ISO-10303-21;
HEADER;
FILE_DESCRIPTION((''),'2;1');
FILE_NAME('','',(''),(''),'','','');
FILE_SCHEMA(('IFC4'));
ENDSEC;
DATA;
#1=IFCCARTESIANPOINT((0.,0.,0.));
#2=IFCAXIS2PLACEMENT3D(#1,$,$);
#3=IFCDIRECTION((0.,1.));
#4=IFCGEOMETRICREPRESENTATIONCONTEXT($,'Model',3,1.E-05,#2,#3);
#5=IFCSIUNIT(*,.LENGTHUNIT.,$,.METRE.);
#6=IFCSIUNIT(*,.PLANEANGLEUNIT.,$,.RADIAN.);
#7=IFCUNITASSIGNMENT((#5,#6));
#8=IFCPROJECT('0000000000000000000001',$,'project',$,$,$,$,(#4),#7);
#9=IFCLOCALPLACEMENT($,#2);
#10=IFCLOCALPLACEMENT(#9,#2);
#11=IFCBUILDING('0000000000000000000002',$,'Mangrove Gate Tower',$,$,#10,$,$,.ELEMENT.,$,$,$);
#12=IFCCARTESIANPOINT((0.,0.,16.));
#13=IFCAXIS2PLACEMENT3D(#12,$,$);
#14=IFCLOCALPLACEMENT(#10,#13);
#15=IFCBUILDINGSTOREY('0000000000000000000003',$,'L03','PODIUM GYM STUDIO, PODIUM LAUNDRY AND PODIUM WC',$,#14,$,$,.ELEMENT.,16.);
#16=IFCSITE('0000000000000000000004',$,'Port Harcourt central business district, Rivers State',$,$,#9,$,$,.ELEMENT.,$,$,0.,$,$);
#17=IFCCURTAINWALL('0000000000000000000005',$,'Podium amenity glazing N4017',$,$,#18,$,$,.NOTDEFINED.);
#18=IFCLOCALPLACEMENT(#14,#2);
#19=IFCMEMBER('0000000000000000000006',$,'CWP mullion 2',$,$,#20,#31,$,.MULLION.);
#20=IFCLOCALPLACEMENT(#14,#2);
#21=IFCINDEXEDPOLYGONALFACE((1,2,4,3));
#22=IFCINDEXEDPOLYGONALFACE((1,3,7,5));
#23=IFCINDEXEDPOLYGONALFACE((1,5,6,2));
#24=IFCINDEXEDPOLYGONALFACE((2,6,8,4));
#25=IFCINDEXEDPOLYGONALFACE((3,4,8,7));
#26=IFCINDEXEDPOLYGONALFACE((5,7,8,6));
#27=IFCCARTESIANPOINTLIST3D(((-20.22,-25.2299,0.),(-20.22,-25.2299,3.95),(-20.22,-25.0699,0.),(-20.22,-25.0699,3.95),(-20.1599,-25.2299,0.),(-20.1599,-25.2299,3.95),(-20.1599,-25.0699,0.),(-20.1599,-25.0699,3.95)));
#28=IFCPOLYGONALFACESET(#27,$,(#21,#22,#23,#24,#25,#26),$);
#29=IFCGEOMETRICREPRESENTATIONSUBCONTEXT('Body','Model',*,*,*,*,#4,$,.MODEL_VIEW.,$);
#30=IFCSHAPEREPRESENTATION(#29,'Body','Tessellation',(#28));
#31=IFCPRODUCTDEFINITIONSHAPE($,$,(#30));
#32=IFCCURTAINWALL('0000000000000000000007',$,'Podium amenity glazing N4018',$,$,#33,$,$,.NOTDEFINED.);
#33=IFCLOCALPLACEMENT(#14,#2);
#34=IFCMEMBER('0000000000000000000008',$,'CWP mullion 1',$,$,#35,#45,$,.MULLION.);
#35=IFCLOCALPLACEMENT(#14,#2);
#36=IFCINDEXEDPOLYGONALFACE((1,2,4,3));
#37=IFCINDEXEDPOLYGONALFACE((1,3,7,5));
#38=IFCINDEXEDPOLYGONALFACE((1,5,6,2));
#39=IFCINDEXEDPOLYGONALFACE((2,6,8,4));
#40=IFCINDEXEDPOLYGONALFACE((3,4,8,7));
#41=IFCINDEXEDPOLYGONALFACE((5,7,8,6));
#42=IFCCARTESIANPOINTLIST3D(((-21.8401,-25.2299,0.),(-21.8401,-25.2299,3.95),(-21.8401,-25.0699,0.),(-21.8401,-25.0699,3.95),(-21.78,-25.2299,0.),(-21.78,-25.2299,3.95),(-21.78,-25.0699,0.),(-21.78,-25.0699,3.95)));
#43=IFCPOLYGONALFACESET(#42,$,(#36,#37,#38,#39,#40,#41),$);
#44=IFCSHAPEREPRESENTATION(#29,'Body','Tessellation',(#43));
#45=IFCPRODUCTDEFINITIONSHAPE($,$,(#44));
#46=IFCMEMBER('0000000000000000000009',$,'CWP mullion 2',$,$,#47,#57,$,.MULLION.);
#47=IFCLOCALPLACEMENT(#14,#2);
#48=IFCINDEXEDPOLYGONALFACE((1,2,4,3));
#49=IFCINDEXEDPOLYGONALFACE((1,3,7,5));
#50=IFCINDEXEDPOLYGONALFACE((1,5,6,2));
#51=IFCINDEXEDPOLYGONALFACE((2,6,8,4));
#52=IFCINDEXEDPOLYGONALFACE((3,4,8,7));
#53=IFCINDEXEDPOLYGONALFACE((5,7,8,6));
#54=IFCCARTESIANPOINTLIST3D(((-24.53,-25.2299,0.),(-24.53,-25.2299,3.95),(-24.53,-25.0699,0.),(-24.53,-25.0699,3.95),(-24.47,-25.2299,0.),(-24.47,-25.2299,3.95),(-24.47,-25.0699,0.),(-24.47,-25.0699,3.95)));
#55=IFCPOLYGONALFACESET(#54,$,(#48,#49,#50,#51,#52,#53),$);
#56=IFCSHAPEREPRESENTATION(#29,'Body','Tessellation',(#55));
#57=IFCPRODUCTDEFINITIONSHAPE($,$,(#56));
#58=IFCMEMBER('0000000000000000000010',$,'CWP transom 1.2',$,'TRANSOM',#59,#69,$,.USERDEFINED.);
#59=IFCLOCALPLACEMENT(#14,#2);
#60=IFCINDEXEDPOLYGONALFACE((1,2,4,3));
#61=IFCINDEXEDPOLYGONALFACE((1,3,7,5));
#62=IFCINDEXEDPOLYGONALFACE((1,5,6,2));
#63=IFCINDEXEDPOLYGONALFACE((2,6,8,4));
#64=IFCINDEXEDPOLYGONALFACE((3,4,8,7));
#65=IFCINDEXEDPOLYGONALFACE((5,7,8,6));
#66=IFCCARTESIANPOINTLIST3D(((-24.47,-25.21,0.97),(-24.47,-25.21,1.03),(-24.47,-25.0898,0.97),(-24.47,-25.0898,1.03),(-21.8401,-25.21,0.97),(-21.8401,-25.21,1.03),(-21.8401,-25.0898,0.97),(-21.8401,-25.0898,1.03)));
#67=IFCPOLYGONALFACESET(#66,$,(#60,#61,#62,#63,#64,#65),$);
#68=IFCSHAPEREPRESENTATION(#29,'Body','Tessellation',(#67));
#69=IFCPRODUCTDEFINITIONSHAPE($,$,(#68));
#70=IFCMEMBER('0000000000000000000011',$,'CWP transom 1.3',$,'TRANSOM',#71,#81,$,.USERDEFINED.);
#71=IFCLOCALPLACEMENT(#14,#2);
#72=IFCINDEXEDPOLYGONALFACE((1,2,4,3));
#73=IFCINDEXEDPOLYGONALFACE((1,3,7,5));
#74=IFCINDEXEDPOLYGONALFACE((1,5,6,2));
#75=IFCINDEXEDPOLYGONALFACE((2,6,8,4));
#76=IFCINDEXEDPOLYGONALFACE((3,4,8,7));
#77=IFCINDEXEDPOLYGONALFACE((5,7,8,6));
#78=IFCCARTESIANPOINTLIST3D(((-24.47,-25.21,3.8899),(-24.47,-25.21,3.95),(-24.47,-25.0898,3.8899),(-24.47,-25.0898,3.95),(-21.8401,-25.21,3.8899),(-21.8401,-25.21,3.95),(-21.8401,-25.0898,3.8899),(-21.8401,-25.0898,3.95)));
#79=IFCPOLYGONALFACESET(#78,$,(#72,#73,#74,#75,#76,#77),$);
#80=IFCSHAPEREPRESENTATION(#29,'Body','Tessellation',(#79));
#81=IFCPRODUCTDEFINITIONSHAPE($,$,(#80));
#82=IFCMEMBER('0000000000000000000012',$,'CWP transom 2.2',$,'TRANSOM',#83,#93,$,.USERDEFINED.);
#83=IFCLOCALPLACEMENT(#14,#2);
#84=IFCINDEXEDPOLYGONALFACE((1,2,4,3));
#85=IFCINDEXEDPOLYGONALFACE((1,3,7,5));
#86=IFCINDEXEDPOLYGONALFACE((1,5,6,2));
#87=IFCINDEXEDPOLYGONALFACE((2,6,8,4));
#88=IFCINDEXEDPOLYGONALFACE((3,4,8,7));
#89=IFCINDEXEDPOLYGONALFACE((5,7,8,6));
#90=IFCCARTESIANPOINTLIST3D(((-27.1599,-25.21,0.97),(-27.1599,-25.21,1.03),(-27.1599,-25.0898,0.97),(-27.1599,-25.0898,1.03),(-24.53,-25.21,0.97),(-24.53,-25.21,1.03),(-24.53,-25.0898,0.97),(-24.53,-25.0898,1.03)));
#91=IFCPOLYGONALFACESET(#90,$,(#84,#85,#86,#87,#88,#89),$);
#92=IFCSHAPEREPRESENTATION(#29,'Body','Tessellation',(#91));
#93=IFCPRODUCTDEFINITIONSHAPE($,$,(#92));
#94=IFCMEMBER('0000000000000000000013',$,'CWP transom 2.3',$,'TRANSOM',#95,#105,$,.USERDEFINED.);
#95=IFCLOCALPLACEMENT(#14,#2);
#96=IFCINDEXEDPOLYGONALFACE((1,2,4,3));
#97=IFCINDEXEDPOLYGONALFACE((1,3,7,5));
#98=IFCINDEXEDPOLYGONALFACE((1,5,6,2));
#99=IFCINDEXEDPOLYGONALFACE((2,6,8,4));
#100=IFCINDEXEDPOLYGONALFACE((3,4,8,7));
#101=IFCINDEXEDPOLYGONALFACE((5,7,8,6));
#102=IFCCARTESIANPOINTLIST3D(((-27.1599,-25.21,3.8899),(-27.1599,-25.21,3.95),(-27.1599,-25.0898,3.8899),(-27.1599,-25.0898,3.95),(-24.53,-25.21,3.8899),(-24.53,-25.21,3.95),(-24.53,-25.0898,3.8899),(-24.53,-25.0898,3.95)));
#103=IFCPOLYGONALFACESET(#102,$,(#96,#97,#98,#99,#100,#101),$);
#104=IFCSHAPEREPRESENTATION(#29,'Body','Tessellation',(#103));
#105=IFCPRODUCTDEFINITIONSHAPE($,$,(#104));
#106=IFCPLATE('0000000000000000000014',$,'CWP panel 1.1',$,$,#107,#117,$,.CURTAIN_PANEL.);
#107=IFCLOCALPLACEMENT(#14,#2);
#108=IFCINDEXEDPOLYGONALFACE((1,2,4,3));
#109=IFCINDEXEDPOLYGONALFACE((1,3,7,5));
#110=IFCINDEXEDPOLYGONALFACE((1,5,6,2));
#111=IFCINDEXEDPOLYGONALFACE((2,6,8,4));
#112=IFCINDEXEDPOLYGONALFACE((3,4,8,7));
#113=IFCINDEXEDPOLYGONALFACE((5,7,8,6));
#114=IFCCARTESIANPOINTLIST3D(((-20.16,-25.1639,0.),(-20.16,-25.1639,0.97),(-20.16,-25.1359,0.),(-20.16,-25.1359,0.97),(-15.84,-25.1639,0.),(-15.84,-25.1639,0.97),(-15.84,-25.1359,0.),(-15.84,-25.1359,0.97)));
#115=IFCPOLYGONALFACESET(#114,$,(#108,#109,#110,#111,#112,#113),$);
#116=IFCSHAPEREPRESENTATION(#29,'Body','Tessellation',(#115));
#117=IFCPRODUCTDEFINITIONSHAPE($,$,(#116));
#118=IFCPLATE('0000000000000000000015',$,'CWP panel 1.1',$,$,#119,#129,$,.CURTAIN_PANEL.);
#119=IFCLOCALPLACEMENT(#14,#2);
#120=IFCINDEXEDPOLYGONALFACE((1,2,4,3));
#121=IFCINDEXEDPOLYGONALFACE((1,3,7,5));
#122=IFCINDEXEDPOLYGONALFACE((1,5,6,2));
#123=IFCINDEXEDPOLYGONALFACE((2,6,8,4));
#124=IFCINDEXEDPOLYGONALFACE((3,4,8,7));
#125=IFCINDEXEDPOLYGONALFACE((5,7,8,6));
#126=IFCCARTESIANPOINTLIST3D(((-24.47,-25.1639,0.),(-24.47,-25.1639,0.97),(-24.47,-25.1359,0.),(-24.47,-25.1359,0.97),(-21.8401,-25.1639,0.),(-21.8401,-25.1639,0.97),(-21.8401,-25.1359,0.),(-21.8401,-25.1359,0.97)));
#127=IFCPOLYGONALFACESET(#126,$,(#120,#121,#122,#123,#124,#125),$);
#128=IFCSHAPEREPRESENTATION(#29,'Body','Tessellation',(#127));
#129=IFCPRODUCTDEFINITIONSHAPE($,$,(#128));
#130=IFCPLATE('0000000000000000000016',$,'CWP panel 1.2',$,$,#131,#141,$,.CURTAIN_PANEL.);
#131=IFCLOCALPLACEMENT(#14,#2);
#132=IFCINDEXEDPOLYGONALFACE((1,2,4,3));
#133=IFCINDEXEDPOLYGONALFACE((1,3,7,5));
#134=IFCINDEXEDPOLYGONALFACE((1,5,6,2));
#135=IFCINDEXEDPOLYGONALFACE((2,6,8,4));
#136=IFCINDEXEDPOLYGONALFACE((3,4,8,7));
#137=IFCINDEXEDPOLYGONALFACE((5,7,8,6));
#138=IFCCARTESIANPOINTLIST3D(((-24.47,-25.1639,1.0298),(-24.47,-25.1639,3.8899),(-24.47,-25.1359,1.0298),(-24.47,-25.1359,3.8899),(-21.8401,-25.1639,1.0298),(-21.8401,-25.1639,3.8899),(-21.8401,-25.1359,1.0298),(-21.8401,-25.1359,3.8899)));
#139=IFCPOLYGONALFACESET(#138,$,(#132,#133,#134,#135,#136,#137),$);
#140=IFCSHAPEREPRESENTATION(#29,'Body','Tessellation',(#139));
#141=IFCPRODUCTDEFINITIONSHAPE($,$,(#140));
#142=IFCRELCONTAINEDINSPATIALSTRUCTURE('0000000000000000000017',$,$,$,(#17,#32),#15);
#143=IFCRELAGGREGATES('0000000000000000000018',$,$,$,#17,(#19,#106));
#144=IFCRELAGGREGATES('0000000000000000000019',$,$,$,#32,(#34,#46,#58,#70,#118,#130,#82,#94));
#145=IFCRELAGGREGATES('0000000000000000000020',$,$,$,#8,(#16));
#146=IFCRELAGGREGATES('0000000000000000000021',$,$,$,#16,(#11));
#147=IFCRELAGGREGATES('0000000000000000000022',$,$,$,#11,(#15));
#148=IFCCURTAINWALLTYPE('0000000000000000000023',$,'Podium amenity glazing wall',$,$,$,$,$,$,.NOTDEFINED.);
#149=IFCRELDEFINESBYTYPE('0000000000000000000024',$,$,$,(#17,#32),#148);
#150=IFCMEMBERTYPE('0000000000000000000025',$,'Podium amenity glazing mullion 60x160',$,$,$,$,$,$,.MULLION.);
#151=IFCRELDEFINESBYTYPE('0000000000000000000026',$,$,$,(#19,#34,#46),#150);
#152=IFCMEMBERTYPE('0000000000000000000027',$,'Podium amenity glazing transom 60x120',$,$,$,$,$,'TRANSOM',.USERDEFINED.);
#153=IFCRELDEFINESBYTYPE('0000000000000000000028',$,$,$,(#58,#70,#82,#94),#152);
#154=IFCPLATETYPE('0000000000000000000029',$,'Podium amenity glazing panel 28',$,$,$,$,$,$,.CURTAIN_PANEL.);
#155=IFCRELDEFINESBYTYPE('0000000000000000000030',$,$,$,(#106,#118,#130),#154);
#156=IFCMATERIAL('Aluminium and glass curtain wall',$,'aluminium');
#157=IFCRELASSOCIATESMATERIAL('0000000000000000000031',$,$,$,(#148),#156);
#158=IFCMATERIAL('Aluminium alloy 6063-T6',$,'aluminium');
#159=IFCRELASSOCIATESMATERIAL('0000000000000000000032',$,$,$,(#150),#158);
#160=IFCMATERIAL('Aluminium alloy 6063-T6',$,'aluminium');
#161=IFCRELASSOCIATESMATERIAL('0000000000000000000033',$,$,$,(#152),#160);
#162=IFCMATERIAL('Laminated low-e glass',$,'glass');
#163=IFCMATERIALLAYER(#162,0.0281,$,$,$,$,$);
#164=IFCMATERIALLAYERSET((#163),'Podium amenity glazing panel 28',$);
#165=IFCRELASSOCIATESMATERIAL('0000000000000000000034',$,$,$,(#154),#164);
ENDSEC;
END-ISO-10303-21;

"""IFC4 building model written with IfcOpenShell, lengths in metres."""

from ifc_helpers import new_model, si_unit, direction, frame, origin, origin_2d, place, context, subcontext, project, spatial, rectangle, extrude, material, layer, layer_set, material_profile, profile_set, type_object, element, aggregate, save


model = new_model("IFC4")

# Units and contexts
model_context = context("Model", 3, precision=1e-05, world=origin(), true_north=direction((0.0, 1.0)))
body_context = subcontext(model_context, "Body", "Model", "MODEL_VIEW")
ifc_project = project(units=[si_unit("LENGTHUNIT", "METRE"), si_unit("PLANEANGLEUNIT", "RADIAN")], contexts=[model_context])

# Site, building, storey
site_placement = place(None, origin())
site = spatial("IfcSite", under=ifc_project, at=site_placement, Name="Port Harcourt central business district, Rivers State", CompositionType="ELEMENT", RefElevation=0.0)
building_placement = place(site_placement, origin())
building = spatial("IfcBuilding", under=site, at=building_placement, Name="Mangrove Gate Tower", CompositionType="ELEMENT")
storey_placement = place(building_placement, frame((0.0, 0.0, 16.0)))
storey = spatial("IfcBuildingStorey", under=building, at=storey_placement, Name="L03", Description="PODIUM GYM STUDIO, PODIUM LAUNDRY AND PODIUM WC", CompositionType="ELEMENT", Elevation=16.0)

# Curtain wall, member
ifc_material_1 = material(Name="Aluminium and glass curtain wall", Category="aluminium")
curtain_wall_type = type_object("IfcCurtainWallType", Name="Podium amenity glazing wall", PredefinedType="NOTDEFINED", material=ifc_material_1)
curtain_wall_1_placement = place(storey_placement, origin())
curtain_wall_1 = element("IfcCurtainWall", 1, at=curtain_wall_1_placement, inside=storey, type_object=curtain_wall_type, Name="Podium amenity glazing N4017", PredefinedType="NOTDEFINED")
ifc_material_2 = material(Name="Aluminium alloy 6063-T6", Category="aluminium")
ifc_material_profile_1 = material_profile(ifc_material_2, rectangle(XDim=0.0601, YDim=0.1599, at=origin_2d()))
ifc_profile_set_1 = profile_set([ifc_material_profile_1], Name="Aluminium alloy 6063-T6")
member_type_1 = type_object("IfcMemberType", Name="Podium amenity glazing mullion 60x160", PredefinedType="MULLION", material=ifc_profile_set_1)
member_1_placement = place(storey_placement, frame((-20.1899, -25.1499, 0.0), z_axis=(0.0, 0.0, 1.0), x_axis=(-1.0, 0.0, 0.0)))
member_1 = element("IfcMember", 2, at=member_1_placement, type_object=member_type_1, Name="CWP mullion 2", PredefinedType="MULLION", context=body_context, shape_type="SweptSolid", body=[
    extrude(rectangle(XDim=0.0601, YDim=0.1599, at=origin_2d()), origin(), (0.0, 0.0, 1.0), 3.95),
])

# Curtain wall, members
curtain_wall_2_placement = place(storey_placement, origin())
curtain_wall_2 = element("IfcCurtainWall", 3, at=curtain_wall_2_placement, inside=storey, type_object=curtain_wall_type, Name="Podium amenity glazing N4018", PredefinedType="NOTDEFINED")
member_2_placement = place(storey_placement, frame((-21.8101, -25.1499, 0.0), z_axis=(0.0, 0.0, 1.0), x_axis=(-1.0, 0.0, 0.0)))
member_2 = element("IfcMember", 4, at=member_2_placement, type_object=member_type_1, Name="CWP mullion 1", PredefinedType="MULLION", context=body_context, shape_type="SweptSolid", body=[
    extrude(rectangle(XDim=0.0601, YDim=0.1599, at=origin_2d()), origin(), (0.0, 0.0, 1.0), 3.95),
])
member_3_placement = place(storey_placement, frame((-24.5, -25.1499, 0.0), z_axis=(0.0, 0.0, 1.0), x_axis=(-1.0, 0.0, 0.0)))
member_3 = element("IfcMember", 5, at=member_3_placement, type_object=member_type_1, Name="CWP mullion 2", PredefinedType="MULLION", context=body_context, shape_type="SweptSolid", body=[
    extrude(rectangle(XDim=0.0601, YDim=0.1599, at=origin_2d()), origin(), (0.0, 0.0, 1.0), 3.95),
])
ifc_material_3 = material(Name="Aluminium alloy 6063-T6", Category="aluminium")
ifc_material_profile_2 = material_profile(ifc_material_3, rectangle(XDim=0.0601, YDim=0.1201, at=origin_2d()))
ifc_profile_set_2 = profile_set([ifc_material_profile_2], Name="Aluminium alloy 6063-T6")
member_type_2 = type_object("IfcMemberType", Name="Podium amenity glazing transom 60x120", ElementType="TRANSOM", PredefinedType="USERDEFINED", material=ifc_profile_set_2)
member_4_placement = place(storey_placement, frame((-21.8401, -25.1499, 1.0), z_axis=(-1.0, 0.0, 0.0), x_axis=(0.0, 0.0, 1.0)))
member_4 = element("IfcMember", 6, at=member_4_placement, type_object=member_type_2, Name="CWP transom 1.2", ObjectType="TRANSOM", PredefinedType="USERDEFINED", context=body_context, shape_type="SweptSolid", body=[
    extrude(rectangle(XDim=0.0601, YDim=0.1201, at=origin_2d()), origin(), (0.0, 0.0, 1.0), 2.6299),
])
member_5_placement = place(storey_placement, frame((-21.8401, -25.1499, 3.9199), z_axis=(-1.0, 0.0, 0.0), x_axis=(0.0, 0.0, 1.0)))
member_5 = element("IfcMember", 7, at=member_5_placement, type_object=member_type_2, Name="CWP transom 1.3", ObjectType="TRANSOM", PredefinedType="USERDEFINED", context=body_context, shape_type="SweptSolid", body=[
    extrude(rectangle(XDim=0.0601, YDim=0.1201, at=origin_2d()), origin(), (0.0, 0.0, 1.0), 2.6299),
])
member_6_placement = place(storey_placement, frame((-24.53, -25.1499, 1.0), z_axis=(-1.0, 0.0, 0.0), x_axis=(0.0, 0.0, 1.0)))
member_6 = element("IfcMember", 8, at=member_6_placement, type_object=member_type_2, Name="CWP transom 2.2", ObjectType="TRANSOM", PredefinedType="USERDEFINED", context=body_context, shape_type="SweptSolid", body=[
    extrude(rectangle(XDim=0.0601, YDim=0.1201, at=origin_2d()), origin(), (0.0, 0.0, 1.0), 2.6299),
])
member_7_placement = place(storey_placement, frame((-24.53, -25.1499, 3.9199), z_axis=(-1.0, 0.0, 0.0), x_axis=(0.0, 0.0, 1.0)))
member_7 = element("IfcMember", 9, at=member_7_placement, type_object=member_type_2, Name="CWP transom 2.3", ObjectType="TRANSOM", PredefinedType="USERDEFINED", context=body_context, shape_type="SweptSolid", body=[
    extrude(rectangle(XDim=0.0601, YDim=0.1201, at=origin_2d()), origin(), (0.0, 0.0, 1.0), 2.6299),
])

# Plates
ifc_material_4 = material(Name="Laminated low-e glass", Category="glass")
ifc_layer_1 = layer(ifc_material_4, 0.0281)
ifc_layer_set_1 = layer_set([ifc_layer_1], Name="Podium amenity glazing panel 28")
plate_type_1 = type_object("IfcPlateType", Name="Podium amenity glazing panel 28", PredefinedType="CURTAIN_PANEL", material=ifc_layer_set_1)
plate_1_placement = place(storey_placement, frame((-18.0, -25.1499, 0.0), z_axis=(0.0, 0.0, 1.0), x_axis=(-1.0, 0.0, 0.0)))
plate_1 = element("IfcPlate", 10, at=plate_1_placement, type_object=plate_type_1, Name="CWP panel 1.1", PredefinedType="CURTAIN_PANEL", context=body_context, shape_type="SweptSolid", body=[
    extrude(rectangle(XDim=4.3201, YDim=0.0281, at=origin_2d()), origin(), (0.0, 0.0, 1.0), 0.97),
])
aggregate(curtain_wall_1, [member_1, plate_1])
plate_2_placement = place(storey_placement, frame((-23.155, -25.1499, 0.0), z_axis=(0.0, 0.0, 1.0), x_axis=(-1.0, 0.0, 0.0)))
plate_2 = element("IfcPlate", 11, at=plate_2_placement, type_object=plate_type_1, Name="CWP panel 1.1", PredefinedType="CURTAIN_PANEL", context=body_context, shape_type="SweptSolid", body=[
    extrude(rectangle(XDim=2.6299, YDim=0.0281, at=origin_2d()), origin(), (0.0, 0.0, 1.0), 0.97),
])
plate_3_placement = place(storey_placement, frame((-23.155, -25.1499, 1.0298), z_axis=(0.0, 0.0, 1.0), x_axis=(-1.0, 0.0, 0.0)))
plate_3 = element("IfcPlate", 12, at=plate_3_placement, type_object=plate_type_1, Name="CWP panel 1.2", PredefinedType="CURTAIN_PANEL", context=body_context, shape_type="SweptSolid", body=[
    extrude(rectangle(XDim=2.6299, YDim=0.0281, at=origin_2d()), origin(), (0.0, 0.0, 1.0), 2.8601),
])
aggregate(curtain_wall_2, [member_2, member_3, member_4, member_5, plate_2, plate_3, member_6, member_7])

save(model, "model.ifc")
